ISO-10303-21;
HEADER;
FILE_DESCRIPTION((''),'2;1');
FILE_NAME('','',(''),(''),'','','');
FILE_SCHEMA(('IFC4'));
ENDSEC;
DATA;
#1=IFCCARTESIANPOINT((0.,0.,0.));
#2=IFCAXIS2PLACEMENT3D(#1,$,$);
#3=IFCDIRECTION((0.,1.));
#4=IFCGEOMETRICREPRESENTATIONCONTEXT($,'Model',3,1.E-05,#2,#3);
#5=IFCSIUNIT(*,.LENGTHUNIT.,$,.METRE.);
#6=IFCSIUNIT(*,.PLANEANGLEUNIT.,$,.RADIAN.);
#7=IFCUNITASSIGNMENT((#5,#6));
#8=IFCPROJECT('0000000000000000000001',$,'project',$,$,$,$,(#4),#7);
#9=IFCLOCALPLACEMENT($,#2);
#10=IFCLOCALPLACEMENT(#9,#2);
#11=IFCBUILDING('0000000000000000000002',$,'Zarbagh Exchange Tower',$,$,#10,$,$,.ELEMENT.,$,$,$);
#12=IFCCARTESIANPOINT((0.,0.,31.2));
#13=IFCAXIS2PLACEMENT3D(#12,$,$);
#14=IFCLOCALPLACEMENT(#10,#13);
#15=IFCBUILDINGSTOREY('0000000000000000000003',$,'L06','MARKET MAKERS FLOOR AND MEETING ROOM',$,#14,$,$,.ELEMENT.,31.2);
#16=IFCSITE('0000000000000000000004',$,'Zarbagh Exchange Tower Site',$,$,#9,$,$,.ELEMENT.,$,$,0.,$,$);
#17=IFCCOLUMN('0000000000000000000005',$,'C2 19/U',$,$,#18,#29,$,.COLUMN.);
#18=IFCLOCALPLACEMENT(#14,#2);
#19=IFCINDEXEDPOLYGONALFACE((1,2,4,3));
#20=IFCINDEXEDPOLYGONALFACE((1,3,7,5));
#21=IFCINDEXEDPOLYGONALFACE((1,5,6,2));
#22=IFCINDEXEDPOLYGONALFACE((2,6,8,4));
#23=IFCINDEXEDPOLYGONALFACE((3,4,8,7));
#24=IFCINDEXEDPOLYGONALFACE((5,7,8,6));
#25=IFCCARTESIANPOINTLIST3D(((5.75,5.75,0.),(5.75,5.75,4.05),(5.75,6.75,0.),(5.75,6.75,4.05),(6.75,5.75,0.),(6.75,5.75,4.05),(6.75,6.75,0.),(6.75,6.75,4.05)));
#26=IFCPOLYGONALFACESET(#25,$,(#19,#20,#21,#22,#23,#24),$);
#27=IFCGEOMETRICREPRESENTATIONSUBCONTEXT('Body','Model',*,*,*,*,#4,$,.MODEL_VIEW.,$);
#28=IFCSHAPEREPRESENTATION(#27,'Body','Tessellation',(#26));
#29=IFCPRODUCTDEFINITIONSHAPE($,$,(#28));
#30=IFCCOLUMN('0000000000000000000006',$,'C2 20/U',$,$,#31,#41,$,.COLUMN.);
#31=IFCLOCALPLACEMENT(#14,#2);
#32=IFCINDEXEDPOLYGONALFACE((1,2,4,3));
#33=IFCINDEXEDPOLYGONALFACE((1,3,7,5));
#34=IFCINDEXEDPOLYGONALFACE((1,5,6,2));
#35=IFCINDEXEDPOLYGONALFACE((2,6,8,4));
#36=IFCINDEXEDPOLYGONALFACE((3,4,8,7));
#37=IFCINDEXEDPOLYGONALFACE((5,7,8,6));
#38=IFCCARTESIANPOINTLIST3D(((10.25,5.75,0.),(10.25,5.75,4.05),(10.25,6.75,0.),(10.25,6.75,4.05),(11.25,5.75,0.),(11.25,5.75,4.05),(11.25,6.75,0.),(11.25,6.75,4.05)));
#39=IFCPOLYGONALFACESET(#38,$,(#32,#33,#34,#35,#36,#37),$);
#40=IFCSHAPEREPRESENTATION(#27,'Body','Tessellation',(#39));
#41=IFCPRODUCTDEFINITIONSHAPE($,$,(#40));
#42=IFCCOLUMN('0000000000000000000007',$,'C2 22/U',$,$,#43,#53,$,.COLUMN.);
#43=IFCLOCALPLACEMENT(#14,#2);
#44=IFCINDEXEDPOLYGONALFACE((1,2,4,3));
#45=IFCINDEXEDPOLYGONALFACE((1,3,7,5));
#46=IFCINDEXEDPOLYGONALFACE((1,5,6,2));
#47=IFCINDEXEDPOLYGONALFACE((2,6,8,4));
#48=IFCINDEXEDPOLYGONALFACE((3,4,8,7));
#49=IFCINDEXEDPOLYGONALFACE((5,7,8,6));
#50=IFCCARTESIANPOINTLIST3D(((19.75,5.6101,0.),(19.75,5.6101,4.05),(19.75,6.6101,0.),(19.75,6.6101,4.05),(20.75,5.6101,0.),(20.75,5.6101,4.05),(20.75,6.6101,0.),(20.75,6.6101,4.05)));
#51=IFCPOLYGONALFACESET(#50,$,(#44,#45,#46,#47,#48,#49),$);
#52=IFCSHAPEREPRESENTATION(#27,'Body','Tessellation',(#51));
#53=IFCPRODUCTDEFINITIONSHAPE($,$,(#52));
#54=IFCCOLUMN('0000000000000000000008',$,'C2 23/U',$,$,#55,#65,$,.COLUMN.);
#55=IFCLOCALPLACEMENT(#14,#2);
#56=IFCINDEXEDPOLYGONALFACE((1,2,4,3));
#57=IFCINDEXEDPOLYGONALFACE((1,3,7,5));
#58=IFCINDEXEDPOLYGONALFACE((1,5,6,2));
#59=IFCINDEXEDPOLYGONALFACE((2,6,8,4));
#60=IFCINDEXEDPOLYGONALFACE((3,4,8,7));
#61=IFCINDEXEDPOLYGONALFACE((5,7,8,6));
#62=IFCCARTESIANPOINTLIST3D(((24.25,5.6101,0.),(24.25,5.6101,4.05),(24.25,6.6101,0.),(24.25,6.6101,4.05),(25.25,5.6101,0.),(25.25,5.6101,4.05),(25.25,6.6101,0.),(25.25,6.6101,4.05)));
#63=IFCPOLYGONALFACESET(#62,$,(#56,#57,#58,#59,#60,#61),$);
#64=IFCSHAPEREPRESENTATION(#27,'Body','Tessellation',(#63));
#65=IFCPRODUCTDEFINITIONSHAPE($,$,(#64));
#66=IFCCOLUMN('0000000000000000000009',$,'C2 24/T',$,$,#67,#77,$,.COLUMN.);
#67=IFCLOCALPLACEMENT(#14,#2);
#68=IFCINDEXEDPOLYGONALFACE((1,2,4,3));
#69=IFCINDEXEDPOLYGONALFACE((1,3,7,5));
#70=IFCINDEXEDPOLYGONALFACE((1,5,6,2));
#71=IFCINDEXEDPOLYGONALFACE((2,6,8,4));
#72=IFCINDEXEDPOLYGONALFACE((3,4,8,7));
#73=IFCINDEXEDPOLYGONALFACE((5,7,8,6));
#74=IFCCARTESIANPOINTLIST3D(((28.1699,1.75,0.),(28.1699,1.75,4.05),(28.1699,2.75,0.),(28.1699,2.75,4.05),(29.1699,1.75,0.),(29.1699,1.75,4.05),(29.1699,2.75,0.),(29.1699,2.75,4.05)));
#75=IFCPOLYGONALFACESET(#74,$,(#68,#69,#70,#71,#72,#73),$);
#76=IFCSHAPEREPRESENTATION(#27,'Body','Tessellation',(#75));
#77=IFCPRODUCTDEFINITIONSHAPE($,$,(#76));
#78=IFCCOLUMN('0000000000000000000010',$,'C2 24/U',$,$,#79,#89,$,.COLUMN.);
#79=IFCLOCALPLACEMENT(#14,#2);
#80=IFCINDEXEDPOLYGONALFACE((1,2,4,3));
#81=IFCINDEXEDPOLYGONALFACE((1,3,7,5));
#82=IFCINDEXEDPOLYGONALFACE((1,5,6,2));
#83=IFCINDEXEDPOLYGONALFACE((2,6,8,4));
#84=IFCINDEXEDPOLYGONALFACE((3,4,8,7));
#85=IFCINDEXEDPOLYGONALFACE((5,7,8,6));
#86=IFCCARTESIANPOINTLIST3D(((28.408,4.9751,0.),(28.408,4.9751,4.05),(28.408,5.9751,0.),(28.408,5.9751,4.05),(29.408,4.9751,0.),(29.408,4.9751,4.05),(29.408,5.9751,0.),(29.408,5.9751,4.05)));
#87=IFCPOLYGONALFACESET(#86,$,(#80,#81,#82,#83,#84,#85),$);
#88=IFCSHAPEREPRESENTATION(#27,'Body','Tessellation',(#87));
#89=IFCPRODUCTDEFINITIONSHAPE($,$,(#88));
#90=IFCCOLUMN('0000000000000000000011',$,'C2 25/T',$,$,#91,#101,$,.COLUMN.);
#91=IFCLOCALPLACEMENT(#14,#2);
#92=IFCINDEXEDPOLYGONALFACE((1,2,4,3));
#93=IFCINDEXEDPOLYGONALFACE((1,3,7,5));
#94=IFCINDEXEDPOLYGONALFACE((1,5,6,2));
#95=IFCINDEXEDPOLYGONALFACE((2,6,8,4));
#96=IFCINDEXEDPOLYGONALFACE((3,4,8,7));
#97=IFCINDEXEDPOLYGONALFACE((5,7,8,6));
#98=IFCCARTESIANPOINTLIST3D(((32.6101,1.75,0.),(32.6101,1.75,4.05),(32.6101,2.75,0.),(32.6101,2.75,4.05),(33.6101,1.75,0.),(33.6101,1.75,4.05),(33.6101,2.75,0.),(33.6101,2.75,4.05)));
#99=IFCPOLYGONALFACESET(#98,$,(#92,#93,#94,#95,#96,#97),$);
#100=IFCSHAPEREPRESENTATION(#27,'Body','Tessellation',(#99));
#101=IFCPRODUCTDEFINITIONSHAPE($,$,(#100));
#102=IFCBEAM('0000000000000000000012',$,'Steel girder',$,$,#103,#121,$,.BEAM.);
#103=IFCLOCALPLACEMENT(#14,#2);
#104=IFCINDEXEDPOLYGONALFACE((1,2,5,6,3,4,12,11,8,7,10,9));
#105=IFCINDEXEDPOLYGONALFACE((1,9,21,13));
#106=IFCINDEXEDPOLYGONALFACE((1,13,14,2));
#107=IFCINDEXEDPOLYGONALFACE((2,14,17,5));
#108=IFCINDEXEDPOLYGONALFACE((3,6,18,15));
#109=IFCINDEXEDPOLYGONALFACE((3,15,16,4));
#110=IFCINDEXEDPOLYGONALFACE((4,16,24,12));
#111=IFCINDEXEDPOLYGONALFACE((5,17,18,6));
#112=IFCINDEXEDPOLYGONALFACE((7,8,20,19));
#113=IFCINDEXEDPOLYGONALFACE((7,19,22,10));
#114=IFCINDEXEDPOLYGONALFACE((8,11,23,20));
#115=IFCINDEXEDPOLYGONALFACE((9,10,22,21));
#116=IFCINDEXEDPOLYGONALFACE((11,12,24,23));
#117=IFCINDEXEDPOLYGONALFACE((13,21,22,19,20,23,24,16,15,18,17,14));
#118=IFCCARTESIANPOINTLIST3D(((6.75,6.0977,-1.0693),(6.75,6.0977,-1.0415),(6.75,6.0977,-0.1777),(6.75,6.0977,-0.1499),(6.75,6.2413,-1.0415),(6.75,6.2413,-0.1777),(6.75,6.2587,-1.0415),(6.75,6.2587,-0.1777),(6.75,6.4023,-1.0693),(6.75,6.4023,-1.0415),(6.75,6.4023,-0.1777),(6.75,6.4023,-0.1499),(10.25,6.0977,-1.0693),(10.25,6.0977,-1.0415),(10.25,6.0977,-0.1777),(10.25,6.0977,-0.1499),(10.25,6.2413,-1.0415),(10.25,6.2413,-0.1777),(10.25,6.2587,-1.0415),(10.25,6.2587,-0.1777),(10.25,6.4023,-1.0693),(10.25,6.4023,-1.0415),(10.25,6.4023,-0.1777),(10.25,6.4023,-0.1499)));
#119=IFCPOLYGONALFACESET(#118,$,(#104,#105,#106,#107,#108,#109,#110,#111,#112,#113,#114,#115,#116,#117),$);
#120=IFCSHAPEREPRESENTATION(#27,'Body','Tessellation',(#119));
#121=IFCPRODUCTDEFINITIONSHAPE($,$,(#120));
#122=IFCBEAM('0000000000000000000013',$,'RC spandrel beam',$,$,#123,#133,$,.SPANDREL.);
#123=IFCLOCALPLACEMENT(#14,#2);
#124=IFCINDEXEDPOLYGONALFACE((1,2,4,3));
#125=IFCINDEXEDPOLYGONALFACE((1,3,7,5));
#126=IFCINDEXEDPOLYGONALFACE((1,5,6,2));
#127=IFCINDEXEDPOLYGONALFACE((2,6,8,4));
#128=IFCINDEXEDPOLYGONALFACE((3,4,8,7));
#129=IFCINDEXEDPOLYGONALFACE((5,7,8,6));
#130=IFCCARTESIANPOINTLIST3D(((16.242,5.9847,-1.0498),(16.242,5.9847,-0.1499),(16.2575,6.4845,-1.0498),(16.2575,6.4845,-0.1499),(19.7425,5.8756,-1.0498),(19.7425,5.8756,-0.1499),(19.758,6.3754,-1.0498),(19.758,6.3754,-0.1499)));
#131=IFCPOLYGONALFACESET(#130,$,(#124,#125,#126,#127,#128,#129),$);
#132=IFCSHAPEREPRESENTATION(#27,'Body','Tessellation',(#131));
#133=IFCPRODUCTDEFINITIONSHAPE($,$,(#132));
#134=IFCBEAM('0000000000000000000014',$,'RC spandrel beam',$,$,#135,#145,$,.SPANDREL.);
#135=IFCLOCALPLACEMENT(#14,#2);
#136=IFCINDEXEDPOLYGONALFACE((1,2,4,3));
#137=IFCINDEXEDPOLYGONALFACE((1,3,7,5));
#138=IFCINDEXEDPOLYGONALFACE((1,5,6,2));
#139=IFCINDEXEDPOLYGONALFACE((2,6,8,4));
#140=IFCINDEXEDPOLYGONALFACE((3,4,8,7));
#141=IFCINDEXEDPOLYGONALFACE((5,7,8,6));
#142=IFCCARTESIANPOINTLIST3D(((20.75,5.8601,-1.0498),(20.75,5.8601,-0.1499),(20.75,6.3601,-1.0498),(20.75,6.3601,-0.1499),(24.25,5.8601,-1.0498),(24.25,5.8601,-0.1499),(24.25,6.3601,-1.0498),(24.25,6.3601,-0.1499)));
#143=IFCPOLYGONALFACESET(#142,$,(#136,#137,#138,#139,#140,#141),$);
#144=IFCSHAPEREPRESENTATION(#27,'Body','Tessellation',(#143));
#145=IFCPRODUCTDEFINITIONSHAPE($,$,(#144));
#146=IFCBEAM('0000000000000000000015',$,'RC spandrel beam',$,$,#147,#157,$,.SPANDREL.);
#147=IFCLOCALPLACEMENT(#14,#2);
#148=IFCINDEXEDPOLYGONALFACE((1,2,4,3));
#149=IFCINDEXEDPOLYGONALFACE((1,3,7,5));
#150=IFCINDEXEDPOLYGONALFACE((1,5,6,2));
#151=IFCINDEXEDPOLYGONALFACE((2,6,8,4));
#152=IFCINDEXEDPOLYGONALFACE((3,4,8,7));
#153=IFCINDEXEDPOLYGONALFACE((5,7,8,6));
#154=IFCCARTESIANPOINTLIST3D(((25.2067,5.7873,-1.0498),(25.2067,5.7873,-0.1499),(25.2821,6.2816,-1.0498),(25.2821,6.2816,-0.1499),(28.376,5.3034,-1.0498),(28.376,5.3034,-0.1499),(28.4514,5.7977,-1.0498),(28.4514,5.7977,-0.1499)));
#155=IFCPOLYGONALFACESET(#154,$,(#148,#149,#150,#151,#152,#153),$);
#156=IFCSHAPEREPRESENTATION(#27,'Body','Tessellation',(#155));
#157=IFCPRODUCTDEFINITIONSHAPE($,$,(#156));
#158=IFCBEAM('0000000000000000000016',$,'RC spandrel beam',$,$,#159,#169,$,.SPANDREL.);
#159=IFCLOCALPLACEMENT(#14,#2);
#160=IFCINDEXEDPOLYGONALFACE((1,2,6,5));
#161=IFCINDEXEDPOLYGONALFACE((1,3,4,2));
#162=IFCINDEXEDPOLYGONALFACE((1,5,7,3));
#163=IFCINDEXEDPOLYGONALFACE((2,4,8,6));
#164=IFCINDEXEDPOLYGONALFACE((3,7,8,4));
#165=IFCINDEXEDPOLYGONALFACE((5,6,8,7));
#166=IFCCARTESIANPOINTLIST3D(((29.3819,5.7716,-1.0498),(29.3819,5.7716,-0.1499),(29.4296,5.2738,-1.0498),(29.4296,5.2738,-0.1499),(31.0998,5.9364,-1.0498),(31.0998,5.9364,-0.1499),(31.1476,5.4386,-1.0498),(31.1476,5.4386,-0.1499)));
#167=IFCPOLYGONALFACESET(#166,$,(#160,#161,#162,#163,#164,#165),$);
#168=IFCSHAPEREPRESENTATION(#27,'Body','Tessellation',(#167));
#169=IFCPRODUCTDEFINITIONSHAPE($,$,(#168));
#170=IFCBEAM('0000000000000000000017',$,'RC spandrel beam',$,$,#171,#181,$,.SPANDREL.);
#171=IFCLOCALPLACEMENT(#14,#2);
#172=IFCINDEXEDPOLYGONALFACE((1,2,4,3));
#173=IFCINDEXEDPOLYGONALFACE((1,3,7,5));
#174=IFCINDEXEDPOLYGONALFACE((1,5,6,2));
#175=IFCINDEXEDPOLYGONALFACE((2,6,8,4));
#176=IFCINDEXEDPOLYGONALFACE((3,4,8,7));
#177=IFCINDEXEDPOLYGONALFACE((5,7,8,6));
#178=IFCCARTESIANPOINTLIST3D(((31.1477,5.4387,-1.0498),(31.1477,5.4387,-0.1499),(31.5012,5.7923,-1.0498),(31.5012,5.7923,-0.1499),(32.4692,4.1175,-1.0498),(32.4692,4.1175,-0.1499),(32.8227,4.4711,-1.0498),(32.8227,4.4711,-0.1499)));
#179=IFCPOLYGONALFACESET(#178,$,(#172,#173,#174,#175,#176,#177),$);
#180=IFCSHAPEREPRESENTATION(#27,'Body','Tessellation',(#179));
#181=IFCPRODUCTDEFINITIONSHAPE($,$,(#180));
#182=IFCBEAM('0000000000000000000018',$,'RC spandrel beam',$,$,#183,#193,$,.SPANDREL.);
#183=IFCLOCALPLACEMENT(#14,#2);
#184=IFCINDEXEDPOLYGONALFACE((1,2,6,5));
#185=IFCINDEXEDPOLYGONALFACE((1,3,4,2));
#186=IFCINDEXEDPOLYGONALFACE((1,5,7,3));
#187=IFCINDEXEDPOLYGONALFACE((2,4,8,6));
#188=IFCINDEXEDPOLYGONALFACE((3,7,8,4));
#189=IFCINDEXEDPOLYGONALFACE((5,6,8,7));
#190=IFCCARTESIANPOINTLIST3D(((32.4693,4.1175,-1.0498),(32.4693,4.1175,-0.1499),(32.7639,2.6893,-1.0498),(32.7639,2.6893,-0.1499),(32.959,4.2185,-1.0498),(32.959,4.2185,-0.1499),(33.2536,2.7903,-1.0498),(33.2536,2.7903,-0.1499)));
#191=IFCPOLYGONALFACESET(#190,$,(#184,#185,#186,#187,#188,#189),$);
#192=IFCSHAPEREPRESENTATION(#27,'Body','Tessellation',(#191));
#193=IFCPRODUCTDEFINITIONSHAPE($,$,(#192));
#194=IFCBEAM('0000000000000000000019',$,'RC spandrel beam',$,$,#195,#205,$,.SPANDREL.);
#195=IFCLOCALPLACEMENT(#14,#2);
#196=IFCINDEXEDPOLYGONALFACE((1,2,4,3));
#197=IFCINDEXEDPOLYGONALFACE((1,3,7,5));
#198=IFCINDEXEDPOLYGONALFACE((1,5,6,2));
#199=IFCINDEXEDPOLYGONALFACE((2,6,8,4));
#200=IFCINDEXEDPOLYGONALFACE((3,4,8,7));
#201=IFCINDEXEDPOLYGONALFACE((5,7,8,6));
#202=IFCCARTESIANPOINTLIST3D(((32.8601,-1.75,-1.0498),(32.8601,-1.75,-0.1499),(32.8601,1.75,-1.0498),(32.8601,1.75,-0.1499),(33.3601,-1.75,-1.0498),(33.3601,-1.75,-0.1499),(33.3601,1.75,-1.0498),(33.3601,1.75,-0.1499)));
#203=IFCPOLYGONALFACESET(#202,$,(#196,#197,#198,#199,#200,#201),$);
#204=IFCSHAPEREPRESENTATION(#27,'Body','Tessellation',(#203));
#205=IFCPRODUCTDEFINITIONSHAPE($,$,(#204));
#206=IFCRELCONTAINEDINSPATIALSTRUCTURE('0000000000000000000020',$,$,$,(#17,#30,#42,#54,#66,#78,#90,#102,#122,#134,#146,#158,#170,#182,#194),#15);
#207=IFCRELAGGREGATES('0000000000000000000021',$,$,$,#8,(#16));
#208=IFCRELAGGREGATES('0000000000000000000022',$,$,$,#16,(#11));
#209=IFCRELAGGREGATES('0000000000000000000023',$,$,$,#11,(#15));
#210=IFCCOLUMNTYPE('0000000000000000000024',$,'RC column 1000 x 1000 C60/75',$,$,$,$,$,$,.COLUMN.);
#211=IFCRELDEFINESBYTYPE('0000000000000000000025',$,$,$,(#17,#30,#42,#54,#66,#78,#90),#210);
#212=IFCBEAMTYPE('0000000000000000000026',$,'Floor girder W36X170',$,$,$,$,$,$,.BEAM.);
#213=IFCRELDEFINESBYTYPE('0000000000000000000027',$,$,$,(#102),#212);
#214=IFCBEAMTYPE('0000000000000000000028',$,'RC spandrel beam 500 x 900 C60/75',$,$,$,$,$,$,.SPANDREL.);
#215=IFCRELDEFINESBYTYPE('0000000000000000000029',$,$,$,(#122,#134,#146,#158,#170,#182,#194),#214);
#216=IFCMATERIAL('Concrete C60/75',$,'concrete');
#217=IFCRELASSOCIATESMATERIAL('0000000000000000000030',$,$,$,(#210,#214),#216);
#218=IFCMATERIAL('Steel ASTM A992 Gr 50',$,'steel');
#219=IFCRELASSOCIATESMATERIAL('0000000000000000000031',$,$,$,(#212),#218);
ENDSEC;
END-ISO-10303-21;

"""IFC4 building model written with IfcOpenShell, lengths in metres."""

from ifc_helpers import new_model, si_unit, direction, frame, origin, origin_2d, place, context, subcontext, project, spatial, rectangle, i_section, extrude, material, material_profile, profile_set, type_object, element, save


model = new_model("IFC4")

# Units and contexts
model_context = context("Model", 3, precision=1e-05, world=origin(), true_north=direction((0.0, 1.0)))
body_context = subcontext(model_context, "Body", "Model", "MODEL_VIEW")
ifc_project = project(units=[si_unit("LENGTHUNIT", "METRE"), si_unit("PLANEANGLEUNIT", "RADIAN")], contexts=[model_context])

# Site, building, storey
site_placement = place(None, origin())
site = spatial("IfcSite", under=ifc_project, at=site_placement, Name="Zarbagh Exchange Tower Site", CompositionType="ELEMENT", RefElevation=0.0)
building_placement = place(site_placement, origin())
building = spatial("IfcBuilding", under=site, at=building_placement, Name="Zarbagh Exchange Tower", CompositionType="ELEMENT")
storey_placement = place(building_placement, frame((0.0, 0.0, 31.2)))
storey = spatial("IfcBuildingStorey", under=building, at=storey_placement, Name="L06", Description="MARKET MAKERS FLOOR AND MEETING ROOM", CompositionType="ELEMENT", Elevation=31.2)

# Columns
ifc_material_1 = material(Name="Concrete C60/75", Category="concrete")
ifc_material_profile_1 = material_profile(ifc_material_1, rectangle(XDim=1.0, YDim=1.0, at=origin_2d()), Name="RC column 1000 x 1000 C60/75")
ifc_profile_set_1 = profile_set([ifc_material_profile_1], Name="Concrete C60/75")
column_type = type_object("IfcColumnType", Name="RC column 1000 x 1000 C60/75", PredefinedType="COLUMN", material=ifc_profile_set_1)
for number, where, z_axis, x_axis, name in (
    (1, (6.25, 6.25, 0.0), (0.0, 0.0, 1.0), (1.0, 0.0, 0.0), "C2 19/U"),
    (2, (10.75, 6.25, 0.0), (0.0, 0.0, 1.0), (1.0, 0.0, 0.0), "C2 20/U"),
    (3, (20.25, 6.1101, 0.0), (0.0, 0.0, 1.0), (1.0, 0.0, 0.0), "C2 22/U"),
    (4, (24.75, 6.1101, 0.0), (0.0, 0.0, 1.0), (1.0, 0.0, 0.0), "C2 23/U"),
    (5, (28.6699, 2.25, 0.0), (0.0, 0.0, 1.0), (1.0, 0.0, 0.0), "C2 24/T"),
    (6, (28.908, 5.4751, 0.0), (0.0, 0.0, 1.0), (1.0, 0.0, 0.0), "C2 24/U"),
    (7, (33.1101, 2.25, 0.0), (0.0, 0.0, 1.0), (1.0, 0.0, 0.0), "C2 25/T"),
):
    element("IfcColumn", number, at=place(storey_placement, frame(where, z_axis=z_axis, x_axis=x_axis)), inside=storey, type_object=column_type, Name=name, PredefinedType="COLUMN", context=body_context, shape_type="SweptSolid", body=[
        extrude(rectangle(XDim=1.0, YDim=1.0, at=origin_2d()), origin(), (0.0, 0.0, 1.0), 4.05),
    ])

# Beams
ifc_material_2 = material(Name="Steel ASTM A992 Gr 50", Category="steel")
ifc_material_profile_2 = material_profile(ifc_material_2, i_section(OverallWidth=0.3047, OverallDepth=0.9194, WebThickness=0.0173, FlangeThickness=0.0278, at=origin_2d()), Name="W36X170")
ifc_profile_set_2 = profile_set([ifc_material_profile_2], Name="Steel ASTM A992 Gr 50")
beam_type_1 = type_object("IfcBeamType", Name="Floor girder W36X170", PredefinedType="BEAM", material=ifc_profile_set_2)
beam_1_placement = place(storey_placement, frame((6.75, 6.25, -0.6096), z_axis=(1.0, 0.0, 0.0), x_axis=(0.0, 1.0, 0.0)))
element("IfcBeam", 8, at=beam_1_placement, inside=storey, type_object=beam_type_1, Name="Steel girder", PredefinedType="BEAM", context=body_context, shape_type="SweptSolid", body=[
    extrude(i_section(OverallWidth=0.3047, OverallDepth=0.9194, WebThickness=0.0173, FlangeThickness=0.0278, at=origin_2d()), origin(), (0.0, 0.0, 1.0), 3.5),
])
ifc_material_profile_3 = material_profile(ifc_material_1, rectangle(XDim=0.5, YDim=0.8999, at=origin_2d()), Name="RC spandrel beam 500 x 900 C60/75")
ifc_profile_set_3 = profile_set([ifc_material_profile_3], Name="Concrete C60/75")
beam_type_2 = type_object("IfcBeamType", Name="RC spandrel beam 500 x 900 C60/75", PredefinedType="SPANDREL", material=ifc_profile_set_3)
beam_2_placement = place(storey_placement, frame((16.2498, 6.2346, -0.5999), z_axis=(0.999514, -0.031161, 0.0), x_axis=(0.031161, 0.999514, 0.0)))
element("IfcBeam", 9, at=beam_2_placement, inside=storey, type_object=beam_type_2, Name="RC spandrel beam", PredefinedType="SPANDREL", context=body_context, shape_type="SweptSolid", body=[
    extrude(rectangle(XDim=0.5, YDim=0.8999, at=origin_2d()), origin(), (0.0, 0.0, 1.0), 3.5022),
])
beam_3_placement = place(storey_placement, frame((20.75, 6.1101, -0.5999), z_axis=(1.0, 0.0, 0.0), x_axis=(0.0, 1.0, 0.0)))
element("IfcBeam", 10, at=beam_3_placement, inside=storey, type_object=beam_type_2, Name="RC spandrel beam", PredefinedType="SPANDREL", context=body_context, shape_type="SweptSolid", body=[
    extrude(rectangle(XDim=0.5, YDim=0.8999, at=origin_2d()), origin(), (0.0, 0.0, 1.0), 3.5),
])
beam_4_placement = place(storey_placement, frame((25.2444, 6.0344, -0.5999), z_axis=(0.988545, -0.150924, 0.0), x_axis=(0.150924, 0.988545, 0.0)))
element("IfcBeam", 11, at=beam_4_placement, inside=storey, type_object=beam_type_2, Name="RC spandrel beam", PredefinedType="SPANDREL", context=body_context, shape_type="SweptSolid", body=[
    extrude(rectangle(XDim=0.5, YDim=0.8999, at=origin_2d()), origin(), (0.0, 0.0, 1.0), 3.2061),
])
beam_5_placement = place(storey_placement, frame((29.4058, 5.5227, -0.5999), z_axis=(0.995431, 0.095483, 0.0), x_axis=(-0.095483, 0.995431, 0.0)))
element("IfcBeam", 12, at=beam_5_placement, inside=storey, type_object=beam_type_2, Name="RC spandrel beam", PredefinedType="SPANDREL", context=body_context, shape_type="SweptSolid", body=[
    extrude(rectangle(XDim=0.5, YDim=0.8999, at=origin_2d()), origin(), (0.0, 0.0, 1.0), 1.7258),
])
beam_6_placement = place(storey_placement, frame((31.3245, 5.6155, -0.5999), z_axis=(0.707172, -0.707041, 0.0), x_axis=(0.707041, 0.707172, 0.0)))
element("IfcBeam", 13, at=beam_6_placement, inside=storey, type_object=beam_type_2, Name="RC spandrel beam", PredefinedType="SPANDREL", context=body_context, shape_type="SweptSolid", body=[
    extrude(rectangle(XDim=0.5, YDim=0.8999, at=origin_2d()), origin(), (0.0, 0.0, 1.0), 1.8687),
])
beam_7_placement = place(storey_placement, frame((32.7141, 4.168, -0.5999), z_axis=(0.202069, -0.979371, 0.0), x_axis=(0.979371, 0.202069, 0.0)))
element("IfcBeam", 14, at=beam_7_placement, inside=storey, type_object=beam_type_2, Name="RC spandrel beam", PredefinedType="SPANDREL", context=body_context, shape_type="SweptSolid", body=[
    extrude(rectangle(XDim=0.5, YDim=0.8999, at=origin_2d()), origin(), (0.0, 0.0, 1.0), 1.4583),
])
beam_8_placement = place(storey_placement, frame((33.1101, 1.75, -0.5999), z_axis=(0.0, -1.0, 0.0), x_axis=(1.0, 0.0, 0.0)))
element("IfcBeam", 15, at=beam_8_placement, inside=storey, type_object=beam_type_2, Name="RC spandrel beam", PredefinedType="SPANDREL", context=body_context, shape_type="SweptSolid", body=[
    extrude(rectangle(XDim=0.5, YDim=0.8999, at=origin_2d()), origin(), (0.0, 0.0, 1.0), 3.5),
])

save(model, "model.ifc")
